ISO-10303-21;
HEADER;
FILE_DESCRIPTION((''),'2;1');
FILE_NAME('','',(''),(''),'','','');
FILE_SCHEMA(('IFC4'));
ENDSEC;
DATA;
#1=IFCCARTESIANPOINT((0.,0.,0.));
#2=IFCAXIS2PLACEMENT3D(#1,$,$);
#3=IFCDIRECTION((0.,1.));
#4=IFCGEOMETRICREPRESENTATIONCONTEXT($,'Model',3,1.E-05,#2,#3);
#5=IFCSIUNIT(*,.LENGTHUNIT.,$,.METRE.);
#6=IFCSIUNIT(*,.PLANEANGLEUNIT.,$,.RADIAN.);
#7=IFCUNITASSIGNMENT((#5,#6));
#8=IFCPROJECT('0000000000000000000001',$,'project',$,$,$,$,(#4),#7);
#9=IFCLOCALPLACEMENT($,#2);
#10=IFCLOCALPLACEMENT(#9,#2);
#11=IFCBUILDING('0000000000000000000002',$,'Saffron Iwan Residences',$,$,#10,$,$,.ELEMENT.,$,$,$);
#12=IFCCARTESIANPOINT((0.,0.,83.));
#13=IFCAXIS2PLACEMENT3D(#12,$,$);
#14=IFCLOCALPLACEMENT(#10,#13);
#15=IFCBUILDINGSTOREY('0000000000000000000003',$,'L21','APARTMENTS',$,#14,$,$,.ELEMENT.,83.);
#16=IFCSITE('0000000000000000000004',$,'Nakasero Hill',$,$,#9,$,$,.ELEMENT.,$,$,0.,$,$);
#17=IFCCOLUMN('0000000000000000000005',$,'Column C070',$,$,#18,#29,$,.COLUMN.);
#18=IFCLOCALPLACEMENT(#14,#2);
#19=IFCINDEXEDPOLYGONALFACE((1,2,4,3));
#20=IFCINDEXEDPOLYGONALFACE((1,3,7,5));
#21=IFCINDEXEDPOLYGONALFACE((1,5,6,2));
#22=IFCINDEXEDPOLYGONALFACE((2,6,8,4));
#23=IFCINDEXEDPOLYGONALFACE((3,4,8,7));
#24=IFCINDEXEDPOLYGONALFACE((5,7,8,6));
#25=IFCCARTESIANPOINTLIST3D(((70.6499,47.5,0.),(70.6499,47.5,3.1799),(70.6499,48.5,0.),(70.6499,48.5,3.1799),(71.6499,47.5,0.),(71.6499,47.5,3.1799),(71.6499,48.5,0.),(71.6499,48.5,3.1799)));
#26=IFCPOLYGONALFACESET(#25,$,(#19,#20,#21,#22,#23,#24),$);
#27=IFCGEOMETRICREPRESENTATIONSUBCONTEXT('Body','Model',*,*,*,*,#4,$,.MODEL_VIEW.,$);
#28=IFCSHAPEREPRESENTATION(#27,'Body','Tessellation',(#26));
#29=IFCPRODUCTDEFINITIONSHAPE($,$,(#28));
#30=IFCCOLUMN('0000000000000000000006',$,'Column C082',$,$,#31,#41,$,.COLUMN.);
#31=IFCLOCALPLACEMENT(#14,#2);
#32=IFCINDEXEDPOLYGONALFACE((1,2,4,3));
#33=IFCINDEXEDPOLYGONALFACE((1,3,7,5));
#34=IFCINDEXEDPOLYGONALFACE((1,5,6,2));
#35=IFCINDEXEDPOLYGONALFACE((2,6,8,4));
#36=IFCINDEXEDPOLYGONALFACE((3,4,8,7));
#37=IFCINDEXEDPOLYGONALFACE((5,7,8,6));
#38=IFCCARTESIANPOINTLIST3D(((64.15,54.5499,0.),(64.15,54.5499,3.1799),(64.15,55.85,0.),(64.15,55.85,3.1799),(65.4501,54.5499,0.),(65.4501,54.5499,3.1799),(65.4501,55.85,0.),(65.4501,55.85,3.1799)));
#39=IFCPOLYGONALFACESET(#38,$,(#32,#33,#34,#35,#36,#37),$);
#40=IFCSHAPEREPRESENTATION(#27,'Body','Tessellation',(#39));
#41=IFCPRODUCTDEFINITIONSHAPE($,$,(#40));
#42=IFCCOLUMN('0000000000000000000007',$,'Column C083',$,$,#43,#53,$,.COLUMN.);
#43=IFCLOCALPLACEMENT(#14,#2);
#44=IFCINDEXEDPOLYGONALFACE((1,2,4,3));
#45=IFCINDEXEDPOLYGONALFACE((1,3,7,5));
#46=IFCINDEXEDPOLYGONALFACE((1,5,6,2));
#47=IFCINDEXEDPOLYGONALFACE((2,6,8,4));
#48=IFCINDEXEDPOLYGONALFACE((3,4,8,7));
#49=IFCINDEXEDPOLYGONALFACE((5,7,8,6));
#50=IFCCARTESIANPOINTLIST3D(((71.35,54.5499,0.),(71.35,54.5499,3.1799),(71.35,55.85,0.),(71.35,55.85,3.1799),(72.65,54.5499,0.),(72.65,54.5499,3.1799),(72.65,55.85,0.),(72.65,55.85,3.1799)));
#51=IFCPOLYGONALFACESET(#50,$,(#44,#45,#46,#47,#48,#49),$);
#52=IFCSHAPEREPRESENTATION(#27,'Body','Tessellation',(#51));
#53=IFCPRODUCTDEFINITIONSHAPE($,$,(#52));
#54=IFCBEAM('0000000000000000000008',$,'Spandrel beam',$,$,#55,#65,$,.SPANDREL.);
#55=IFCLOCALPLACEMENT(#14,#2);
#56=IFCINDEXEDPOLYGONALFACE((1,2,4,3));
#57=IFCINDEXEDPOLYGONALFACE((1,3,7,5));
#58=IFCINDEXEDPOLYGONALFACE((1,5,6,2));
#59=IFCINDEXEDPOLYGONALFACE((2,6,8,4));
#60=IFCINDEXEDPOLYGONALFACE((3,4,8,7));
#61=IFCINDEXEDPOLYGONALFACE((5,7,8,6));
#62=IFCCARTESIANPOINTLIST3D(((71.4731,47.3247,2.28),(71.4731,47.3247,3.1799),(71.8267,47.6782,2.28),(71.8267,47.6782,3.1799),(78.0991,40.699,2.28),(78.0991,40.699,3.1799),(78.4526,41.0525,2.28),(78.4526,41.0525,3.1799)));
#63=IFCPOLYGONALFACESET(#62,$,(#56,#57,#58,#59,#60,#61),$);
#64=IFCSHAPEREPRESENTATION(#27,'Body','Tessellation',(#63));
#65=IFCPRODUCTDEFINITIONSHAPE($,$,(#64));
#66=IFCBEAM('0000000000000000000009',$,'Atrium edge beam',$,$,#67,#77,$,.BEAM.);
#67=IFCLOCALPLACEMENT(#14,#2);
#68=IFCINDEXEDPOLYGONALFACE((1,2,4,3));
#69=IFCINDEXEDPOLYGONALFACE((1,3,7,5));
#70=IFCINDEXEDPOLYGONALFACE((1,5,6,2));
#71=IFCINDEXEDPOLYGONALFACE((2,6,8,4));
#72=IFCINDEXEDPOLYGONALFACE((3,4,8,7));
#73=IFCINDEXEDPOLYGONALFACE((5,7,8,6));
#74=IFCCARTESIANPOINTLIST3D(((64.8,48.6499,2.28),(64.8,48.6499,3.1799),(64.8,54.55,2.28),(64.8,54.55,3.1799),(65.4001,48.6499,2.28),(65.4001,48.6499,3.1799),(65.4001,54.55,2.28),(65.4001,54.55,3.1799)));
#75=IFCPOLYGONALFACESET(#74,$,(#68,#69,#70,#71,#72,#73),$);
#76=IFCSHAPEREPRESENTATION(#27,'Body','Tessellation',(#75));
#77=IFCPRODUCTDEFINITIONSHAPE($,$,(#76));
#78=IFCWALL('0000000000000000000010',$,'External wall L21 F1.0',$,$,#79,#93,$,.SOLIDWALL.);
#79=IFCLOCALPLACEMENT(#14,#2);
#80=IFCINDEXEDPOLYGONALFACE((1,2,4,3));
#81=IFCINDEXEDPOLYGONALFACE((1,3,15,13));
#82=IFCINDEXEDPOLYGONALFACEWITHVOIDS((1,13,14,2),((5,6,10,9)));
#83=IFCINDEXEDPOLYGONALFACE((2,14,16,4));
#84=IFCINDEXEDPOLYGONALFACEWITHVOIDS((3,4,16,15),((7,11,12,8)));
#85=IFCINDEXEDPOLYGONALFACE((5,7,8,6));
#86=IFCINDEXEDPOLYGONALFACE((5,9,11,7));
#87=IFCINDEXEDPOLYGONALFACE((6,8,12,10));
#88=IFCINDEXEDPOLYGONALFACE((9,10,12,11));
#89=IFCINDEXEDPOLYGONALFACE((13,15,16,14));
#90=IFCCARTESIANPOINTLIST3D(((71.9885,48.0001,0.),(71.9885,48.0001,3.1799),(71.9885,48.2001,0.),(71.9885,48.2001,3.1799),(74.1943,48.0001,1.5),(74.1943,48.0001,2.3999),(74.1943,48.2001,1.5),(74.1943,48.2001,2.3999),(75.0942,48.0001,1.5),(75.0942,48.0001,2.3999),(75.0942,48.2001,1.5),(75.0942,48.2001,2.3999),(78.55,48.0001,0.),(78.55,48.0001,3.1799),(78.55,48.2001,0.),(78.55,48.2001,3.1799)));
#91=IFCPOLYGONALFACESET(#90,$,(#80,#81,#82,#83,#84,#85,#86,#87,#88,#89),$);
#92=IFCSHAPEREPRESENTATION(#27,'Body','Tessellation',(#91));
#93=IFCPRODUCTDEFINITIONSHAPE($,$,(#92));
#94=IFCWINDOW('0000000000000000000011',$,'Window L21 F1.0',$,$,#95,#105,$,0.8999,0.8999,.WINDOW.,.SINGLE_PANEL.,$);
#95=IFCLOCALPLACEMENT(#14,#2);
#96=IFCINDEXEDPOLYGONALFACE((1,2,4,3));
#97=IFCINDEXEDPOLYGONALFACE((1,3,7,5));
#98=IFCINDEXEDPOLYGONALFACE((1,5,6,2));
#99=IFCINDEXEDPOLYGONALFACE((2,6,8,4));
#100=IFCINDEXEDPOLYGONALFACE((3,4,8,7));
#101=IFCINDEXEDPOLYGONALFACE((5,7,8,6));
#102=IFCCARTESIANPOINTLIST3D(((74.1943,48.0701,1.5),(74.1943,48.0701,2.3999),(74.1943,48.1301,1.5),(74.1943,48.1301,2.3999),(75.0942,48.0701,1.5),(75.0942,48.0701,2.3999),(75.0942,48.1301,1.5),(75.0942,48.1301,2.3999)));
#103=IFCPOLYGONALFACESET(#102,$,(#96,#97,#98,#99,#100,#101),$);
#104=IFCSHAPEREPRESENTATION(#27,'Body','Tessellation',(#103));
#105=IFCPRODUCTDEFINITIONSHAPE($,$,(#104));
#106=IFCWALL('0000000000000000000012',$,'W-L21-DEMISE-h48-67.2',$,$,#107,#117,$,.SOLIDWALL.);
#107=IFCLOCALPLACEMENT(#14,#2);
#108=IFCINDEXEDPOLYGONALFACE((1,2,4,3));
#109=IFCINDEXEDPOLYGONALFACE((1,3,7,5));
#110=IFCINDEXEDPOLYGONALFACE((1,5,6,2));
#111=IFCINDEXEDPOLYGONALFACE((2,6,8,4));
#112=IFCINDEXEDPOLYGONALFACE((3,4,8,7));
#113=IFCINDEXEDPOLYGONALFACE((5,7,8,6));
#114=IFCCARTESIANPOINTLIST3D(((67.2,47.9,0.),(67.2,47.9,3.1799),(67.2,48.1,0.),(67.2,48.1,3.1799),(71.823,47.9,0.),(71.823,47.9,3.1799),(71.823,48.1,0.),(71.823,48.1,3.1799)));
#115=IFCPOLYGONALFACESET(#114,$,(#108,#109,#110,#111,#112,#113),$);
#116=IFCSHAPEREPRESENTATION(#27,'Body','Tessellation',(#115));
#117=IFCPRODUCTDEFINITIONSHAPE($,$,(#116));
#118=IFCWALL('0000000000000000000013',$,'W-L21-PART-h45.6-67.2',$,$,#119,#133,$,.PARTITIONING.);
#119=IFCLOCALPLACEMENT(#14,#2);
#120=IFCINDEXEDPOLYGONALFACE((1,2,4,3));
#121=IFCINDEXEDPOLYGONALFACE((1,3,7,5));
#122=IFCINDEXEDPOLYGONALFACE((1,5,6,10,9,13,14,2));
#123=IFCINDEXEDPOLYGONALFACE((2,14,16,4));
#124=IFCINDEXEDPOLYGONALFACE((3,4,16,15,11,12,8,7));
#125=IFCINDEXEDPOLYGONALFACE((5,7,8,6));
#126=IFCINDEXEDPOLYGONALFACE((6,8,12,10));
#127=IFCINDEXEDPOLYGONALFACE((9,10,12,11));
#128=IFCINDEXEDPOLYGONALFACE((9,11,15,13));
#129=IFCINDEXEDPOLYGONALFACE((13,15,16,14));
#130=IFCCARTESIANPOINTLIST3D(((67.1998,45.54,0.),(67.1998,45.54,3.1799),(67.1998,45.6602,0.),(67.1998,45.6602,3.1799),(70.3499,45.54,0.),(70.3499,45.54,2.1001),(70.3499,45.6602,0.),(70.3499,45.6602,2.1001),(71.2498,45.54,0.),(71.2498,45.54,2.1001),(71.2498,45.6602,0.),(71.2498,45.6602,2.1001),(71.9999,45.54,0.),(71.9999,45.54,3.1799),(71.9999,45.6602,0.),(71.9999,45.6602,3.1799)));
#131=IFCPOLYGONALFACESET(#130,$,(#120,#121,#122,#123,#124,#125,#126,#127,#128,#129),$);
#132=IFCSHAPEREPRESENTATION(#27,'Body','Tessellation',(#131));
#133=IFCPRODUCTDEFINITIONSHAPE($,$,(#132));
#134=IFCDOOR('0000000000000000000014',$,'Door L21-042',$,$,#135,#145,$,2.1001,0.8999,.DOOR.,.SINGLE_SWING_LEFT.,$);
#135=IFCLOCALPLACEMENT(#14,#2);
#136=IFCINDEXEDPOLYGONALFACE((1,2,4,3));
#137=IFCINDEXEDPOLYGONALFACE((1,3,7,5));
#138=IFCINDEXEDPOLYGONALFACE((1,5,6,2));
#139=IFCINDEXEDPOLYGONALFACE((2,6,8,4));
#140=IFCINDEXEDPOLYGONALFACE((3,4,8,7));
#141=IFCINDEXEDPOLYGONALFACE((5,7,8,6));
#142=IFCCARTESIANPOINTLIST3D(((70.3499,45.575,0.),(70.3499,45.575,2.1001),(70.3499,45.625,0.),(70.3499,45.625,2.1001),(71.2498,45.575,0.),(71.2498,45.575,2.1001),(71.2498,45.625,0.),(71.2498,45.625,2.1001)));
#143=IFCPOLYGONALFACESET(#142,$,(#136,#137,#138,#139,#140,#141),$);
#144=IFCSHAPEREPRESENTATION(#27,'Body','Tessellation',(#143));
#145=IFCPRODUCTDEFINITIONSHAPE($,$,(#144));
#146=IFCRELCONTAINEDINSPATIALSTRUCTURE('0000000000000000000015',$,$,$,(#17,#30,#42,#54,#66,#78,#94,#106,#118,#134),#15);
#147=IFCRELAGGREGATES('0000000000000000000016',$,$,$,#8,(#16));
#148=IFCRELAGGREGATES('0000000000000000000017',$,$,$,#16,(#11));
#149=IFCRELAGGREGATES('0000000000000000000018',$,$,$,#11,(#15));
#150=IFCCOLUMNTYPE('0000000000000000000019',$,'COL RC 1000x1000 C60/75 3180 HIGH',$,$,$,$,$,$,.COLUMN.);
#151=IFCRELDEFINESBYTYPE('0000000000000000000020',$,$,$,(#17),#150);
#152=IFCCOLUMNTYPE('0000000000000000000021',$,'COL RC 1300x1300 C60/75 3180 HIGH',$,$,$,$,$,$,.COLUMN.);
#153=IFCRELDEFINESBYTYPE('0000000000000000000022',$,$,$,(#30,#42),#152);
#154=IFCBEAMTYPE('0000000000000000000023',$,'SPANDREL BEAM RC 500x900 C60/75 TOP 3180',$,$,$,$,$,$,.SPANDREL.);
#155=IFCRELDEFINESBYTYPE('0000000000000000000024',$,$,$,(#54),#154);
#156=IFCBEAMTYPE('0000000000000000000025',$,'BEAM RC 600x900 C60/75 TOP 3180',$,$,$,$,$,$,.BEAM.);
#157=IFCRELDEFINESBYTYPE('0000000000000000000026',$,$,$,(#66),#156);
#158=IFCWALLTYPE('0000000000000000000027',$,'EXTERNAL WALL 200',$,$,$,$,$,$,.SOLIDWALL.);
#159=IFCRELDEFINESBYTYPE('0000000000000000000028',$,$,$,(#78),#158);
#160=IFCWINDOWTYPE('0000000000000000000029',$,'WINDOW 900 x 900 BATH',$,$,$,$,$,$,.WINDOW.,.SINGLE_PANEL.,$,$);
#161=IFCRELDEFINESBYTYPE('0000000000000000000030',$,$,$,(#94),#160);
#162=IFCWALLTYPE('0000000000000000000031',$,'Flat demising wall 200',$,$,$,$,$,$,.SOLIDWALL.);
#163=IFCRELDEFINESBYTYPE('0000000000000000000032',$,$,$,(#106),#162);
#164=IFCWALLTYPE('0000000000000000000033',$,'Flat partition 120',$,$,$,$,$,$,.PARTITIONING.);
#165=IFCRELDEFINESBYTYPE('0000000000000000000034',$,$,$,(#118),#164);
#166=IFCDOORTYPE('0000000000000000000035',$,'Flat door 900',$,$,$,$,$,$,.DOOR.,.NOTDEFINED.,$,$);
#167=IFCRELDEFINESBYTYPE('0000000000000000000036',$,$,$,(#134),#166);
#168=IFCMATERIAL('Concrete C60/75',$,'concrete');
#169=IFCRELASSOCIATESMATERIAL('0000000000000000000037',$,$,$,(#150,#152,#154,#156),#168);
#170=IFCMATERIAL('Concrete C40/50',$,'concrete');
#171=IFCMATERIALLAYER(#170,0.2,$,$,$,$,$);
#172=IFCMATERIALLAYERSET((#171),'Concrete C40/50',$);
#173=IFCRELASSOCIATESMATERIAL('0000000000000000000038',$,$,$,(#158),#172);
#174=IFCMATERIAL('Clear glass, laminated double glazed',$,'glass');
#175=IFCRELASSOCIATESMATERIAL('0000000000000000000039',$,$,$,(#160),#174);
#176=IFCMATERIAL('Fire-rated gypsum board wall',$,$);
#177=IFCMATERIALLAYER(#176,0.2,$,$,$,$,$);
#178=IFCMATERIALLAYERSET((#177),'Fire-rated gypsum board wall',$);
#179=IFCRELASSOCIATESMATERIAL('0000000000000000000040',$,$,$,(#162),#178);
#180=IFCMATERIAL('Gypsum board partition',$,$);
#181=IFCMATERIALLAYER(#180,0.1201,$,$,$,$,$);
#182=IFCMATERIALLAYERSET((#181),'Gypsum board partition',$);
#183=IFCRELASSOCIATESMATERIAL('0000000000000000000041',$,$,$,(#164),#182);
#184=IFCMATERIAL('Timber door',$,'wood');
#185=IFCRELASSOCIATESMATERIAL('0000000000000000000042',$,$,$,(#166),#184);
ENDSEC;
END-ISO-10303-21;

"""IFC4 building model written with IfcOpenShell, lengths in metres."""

from ifc_helpers import new_model, si_unit, direction, frame, frame_2d, origin, origin_2d, place, context, subcontext, project, spatial, rectangle, extrude, source, transform, mapped, material, layer, layer_set, material_profile, profile_set, type_object, element, fill, save


model = new_model("IFC4")

# Units and contexts
model_context = context("Model", 3, precision=1e-05, world=origin(), true_north=direction((0.0, 1.0)))
body_context = subcontext(model_context, "Body", "Model", "MODEL_VIEW")
ifc_project = project(units=[si_unit("LENGTHUNIT", "METRE"), si_unit("PLANEANGLEUNIT", "RADIAN")], contexts=[model_context])

# Site, building, storey
site_placement = place(None, origin())
site = spatial("IfcSite", under=ifc_project, at=site_placement, Name="Nakasero Hill", CompositionType="ELEMENT", RefElevation=0.0)
building_placement = place(site_placement, origin())
building = spatial("IfcBuilding", under=site, at=building_placement, Name="Saffron Iwan Residences", CompositionType="ELEMENT")
storey_placement = place(building_placement, frame((0.0, 0.0, 83.0)))
storey = spatial("IfcBuildingStorey", under=building, at=storey_placement, Name="L21", Description="APARTMENTS", CompositionType="ELEMENT", Elevation=83.0)

# Columns
ifc_material_1 = material(Name="Concrete C60/75", Category="concrete")
ifc_material_profile_1 = material_profile(ifc_material_1, rectangle(XDim=1.0, YDim=1.0, at=origin_2d()), Name="RC 1000x1000")
ifc_profile_set_1 = profile_set([ifc_material_profile_1], Name="Concrete C60/75")
column_type_1 = type_object("IfcColumnType", Name="COL RC 1000x1000 C60/75 3180 HIGH", PredefinedType="COLUMN", material=ifc_profile_set_1)
shared_shape_1 = source(origin(), body_context, "Body", "SweptSolid", [
    extrude(rectangle(XDim=1.0, YDim=1.0, at=origin_2d()), origin(), (0.0, 0.0, 1.0), 3.1799),
])
column_placement = place(storey_placement, frame((71.1499, 48.0, 0.0), z_axis=(0.0, 0.0, 1.0), x_axis=(1.0, 0.0, 0.0)))
element("IfcColumn", 1, at=column_placement, inside=storey, type_object=column_type_1, Name="Column C070", PredefinedType="COLUMN", context=body_context, shape_type="MappedRepresentation", body=[
    mapped(shared_shape_1, transform((0.0, 0.0, 0.0))),
])
ifc_material_profile_2 = material_profile(ifc_material_1, rectangle(XDim=1.3, YDim=1.3, at=origin_2d()), Name="RC 1300x1300")
ifc_profile_set_2 = profile_set([ifc_material_profile_2], Name="Concrete C60/75")
column_type_2 = type_object("IfcColumnType", Name="COL RC 1300x1300 C60/75 3180 HIGH", PredefinedType="COLUMN", material=ifc_profile_set_2)
shared_shape_2 = source(origin(), body_context, "Body", "SweptSolid", [
    extrude(rectangle(XDim=1.3, YDim=1.3, at=origin_2d()), origin(), (0.0, 0.0, 1.0), 3.1799),
])
for number, where, z_axis, x_axis, name in (
    (2, (64.8, 55.2, 0.0), (0.0, 0.0, 1.0), (1.0, 0.0, 0.0), "Column C082"),
    (3, (72.0, 55.2, 0.0), (0.0, 0.0, 1.0), (1.0, 0.0, 0.0), "Column C083"),
):
    element("IfcColumn", number, at=place(storey_placement, frame(where, z_axis=z_axis, x_axis=x_axis)), inside=storey, type_object=column_type_2, Name=name, PredefinedType="COLUMN", context=body_context, shape_type="MappedRepresentation", body=[
        mapped(shared_shape_2, transform((0.0, 0.0, 0.0))),
    ])

# Beams
ifc_material_profile_3 = material_profile(ifc_material_1, rectangle(XDim=0.5, YDim=0.8999, at=origin_2d()), Name="RC 500x900")
ifc_profile_set_3 = profile_set([ifc_material_profile_3], Name="Concrete C60/75")
beam_type_1 = type_object("IfcBeamType", Name="SPANDREL BEAM RC 500x900 C60/75 TOP 3180", PredefinedType="SPANDREL", material=ifc_profile_set_3)
shared_shape_3 = source(origin(), body_context, "Body", "SweptSolid", [
    extrude(rectangle(XDim=0.5, YDim=0.8999, at=origin_2d()), origin(), (0.0, 0.0, 1.0), 9.3704),
])
beam_1_placement = place(storey_placement, frame((71.6499, 47.5015, 2.73), z_axis=(0.70712, -0.707094, 0.0), x_axis=(0.707094, 0.70712, 0.0)))
element("IfcBeam", 4, at=beam_1_placement, inside=storey, type_object=beam_type_1, Name="Spandrel beam", PredefinedType="SPANDREL", context=body_context, shape_type="MappedRepresentation", body=[
    mapped(shared_shape_3, transform((0.0, 0.0, 0.0))),
])
ifc_material_profile_4 = material_profile(ifc_material_1, rectangle(XDim=0.6001, YDim=0.8999, at=origin_2d()), Name="RC 600x900")
ifc_profile_set_4 = profile_set([ifc_material_profile_4], Name="Concrete C60/75")
beam_type_2 = type_object("IfcBeamType", Name="BEAM RC 600x900 C60/75 TOP 3180", PredefinedType="BEAM", material=ifc_profile_set_4)
shared_shape_4 = source(origin(), body_context, "Body", "SweptSolid", [
    extrude(rectangle(XDim=0.6001, YDim=0.8999, at=origin_2d()), origin(), (0.0, 0.0, 1.0), 5.9001),
])
beam_2_placement = place(storey_placement, frame((65.1001, 54.55, 2.73), z_axis=(0.0, -1.0, 0.0), x_axis=(1.0, 0.0, 0.0)))
element("IfcBeam", 5, at=beam_2_placement, inside=storey, type_object=beam_type_2, Name="Atrium edge beam", PredefinedType="BEAM", context=body_context, shape_type="MappedRepresentation", body=[
    mapped(shared_shape_4, transform((0.0, 0.0, 0.0))),
])

# Wall, opening, window
ifc_material_2 = material(Name="Concrete C40/50", Category="concrete")
ifc_layer_1 = layer(ifc_material_2, 0.2)
ifc_layer_set_1 = layer_set([ifc_layer_1], Name="Concrete C40/50")
wall_type_1 = type_object("IfcWallType", Name="EXTERNAL WALL 200", PredefinedType="SOLIDWALL", material=ifc_layer_set_1)
wall_1_placement = place(storey_placement, frame((71.9885, 48.1001, 0.0), z_axis=(0.0, 0.0, 1.0), x_axis=(1.0, 0.0, 0.0)))
wall_1 = element("IfcWall", 6, at=wall_1_placement, inside=storey, type_object=wall_type_1, Name="External wall L21 F1.0", PredefinedType="SOLIDWALL", context=body_context, shape_type="SweptSolid", body=[
    extrude(rectangle(XDim=6.5615, YDim=0.2, at=frame_2d((3.2808, 0.0))), origin(), (0.0, 0.0, 1.0), 3.1799),
])
opening_1_placement = place(wall_1_placement, frame((2.2058, 0.0, 1.5)))
opening_1 = element("IfcOpeningElement", 7, at=opening_1_placement, cuts=wall_1, PredefinedType="OPENING", context=body_context, shape_type="SweptSolid", body=[
    extrude(rectangle(XDim=0.8999, YDim=0.8999, at=frame_2d((0.45, 0.45))), frame((0.0, 0.1099, 0.0), z_axis=(0.0, -1.0, 0.0), x_axis=(1.0, 0.0, 0.0)), (0.0, 0.0, 1.0), 0.22),
])
ifc_material_3 = material(Name="Clear glass, laminated double glazed", Category="glass")
window_type = type_object("IfcWindowType", Name="WINDOW 900 x 900 BATH", PartitioningType="SINGLE_PANEL", PredefinedType="WINDOW", material=ifc_material_3)
window_placement = place(opening_1_placement, origin())
window = element("IfcWindow", 8, at=window_placement, inside=storey, type_object=window_type, Name="Window L21 F1.0", OverallHeight=0.8999, OverallWidth=0.8999, PartitioningType="SINGLE_PANEL", PredefinedType="WINDOW", context=body_context, shape_type="SweptSolid", body=[
    extrude(rectangle(XDim=0.8999, YDim=0.8999, at=frame_2d((0.45, 0.45))), frame((0.0, 0.03, 0.0), z_axis=(0.0, -1.0, 0.0), x_axis=(1.0, 0.0, 0.0)), (0.0, 0.0, 1.0), 0.0601),
])
fill(opening_1, window)

# Wall
ifc_material_4 = material(Name="Fire-rated gypsum board wall")
ifc_layer_2 = layer(ifc_material_4, 0.2)
ifc_layer_set_2 = layer_set([ifc_layer_2], Name="Fire-rated gypsum board wall")
wall_type_2 = type_object("IfcWallType", Name="Flat demising wall 200", PredefinedType="SOLIDWALL", material=ifc_layer_set_2)
wall_2_placement = place(storey_placement, frame((67.2, 48.0, 0.0), z_axis=(0.0, 0.0, 1.0), x_axis=(1.0, 0.0, 0.0)))
element("IfcWall", 9, at=wall_2_placement, inside=storey, type_object=wall_type_2, Name="W-L21-DEMISE-h48-67.2", PredefinedType="SOLIDWALL", context=body_context, shape_type="SweptSolid", body=[
    extrude(rectangle(XDim=4.623, YDim=0.2, at=frame_2d((2.3115, 0.0))), origin(), (0.0, 0.0, 1.0), 3.1799),
])

# Wall, opening, door
ifc_material_5 = material(Name="Gypsum board partition")
ifc_layer_3 = layer(ifc_material_5, 0.1201)
ifc_layer_set_3 = layer_set([ifc_layer_3], Name="Gypsum board partition")
wall_type_3 = type_object("IfcWallType", Name="Flat partition 120", PredefinedType="PARTITIONING", material=ifc_layer_set_3)
wall_3_placement = place(storey_placement, frame((67.2, 45.6001, 0.0), z_axis=(0.0, 0.0, 1.0), x_axis=(1.0, 0.0, 0.0)))
wall_3 = element("IfcWall", 10, at=wall_3_placement, inside=storey, type_object=wall_type_3, Name="W-L21-PART-h45.6-67.2", PredefinedType="PARTITIONING", context=body_context, shape_type="SweptSolid", body=[
    extrude(rectangle(XDim=4.8, YDim=0.1201, at=frame_2d((2.3999, 0.0))), origin(), (0.0, 0.0, 1.0), 3.1799),
])
opening_2_placement = place(wall_3_placement, frame((3.1499, 0.0, 0.0)))
opening_2 = element("IfcOpeningElement", 11, at=opening_2_placement, cuts=wall_3, PredefinedType="OPENING", context=body_context, shape_type="SweptSolid", body=[
    extrude(rectangle(XDim=0.8999, YDim=2.1001, at=frame_2d((0.45, 1.05))), frame((0.0, 0.0701, 0.0), z_axis=(0.0, -1.0, 0.0), x_axis=(1.0, 0.0, 0.0)), (0.0, 0.0, 1.0), 0.1401),
])
ifc_material_6 = material(Name="Timber door", Category="wood")
door_type_1 = type_object("IfcDoorType", Name="Flat door 900", OperationType="NOTDEFINED", PredefinedType="DOOR", material=ifc_material_6)
door_1_placement = place(opening_2_placement, origin())
door_1 = element("IfcDoor", 12, at=door_1_placement, inside=storey, type_object=door_type_1, Name="Door L21-042", OperationType="SINGLE_SWING_LEFT", OverallHeight=2.1001, OverallWidth=0.8999, PredefinedType="DOOR", context=body_context, shape_type="SweptSolid", body=[
    extrude(rectangle(XDim=0.8999, YDim=2.1001, at=frame_2d((0.45, 1.05))), frame((0.0, 0.0249, 0.0), z_axis=(0.0, -1.0, 0.0), x_axis=(1.0, 0.0, 0.0)), (0.0, 0.0, 1.0), 0.05),
])
fill(opening_2, door_1)

save(model, "model.ifc")
